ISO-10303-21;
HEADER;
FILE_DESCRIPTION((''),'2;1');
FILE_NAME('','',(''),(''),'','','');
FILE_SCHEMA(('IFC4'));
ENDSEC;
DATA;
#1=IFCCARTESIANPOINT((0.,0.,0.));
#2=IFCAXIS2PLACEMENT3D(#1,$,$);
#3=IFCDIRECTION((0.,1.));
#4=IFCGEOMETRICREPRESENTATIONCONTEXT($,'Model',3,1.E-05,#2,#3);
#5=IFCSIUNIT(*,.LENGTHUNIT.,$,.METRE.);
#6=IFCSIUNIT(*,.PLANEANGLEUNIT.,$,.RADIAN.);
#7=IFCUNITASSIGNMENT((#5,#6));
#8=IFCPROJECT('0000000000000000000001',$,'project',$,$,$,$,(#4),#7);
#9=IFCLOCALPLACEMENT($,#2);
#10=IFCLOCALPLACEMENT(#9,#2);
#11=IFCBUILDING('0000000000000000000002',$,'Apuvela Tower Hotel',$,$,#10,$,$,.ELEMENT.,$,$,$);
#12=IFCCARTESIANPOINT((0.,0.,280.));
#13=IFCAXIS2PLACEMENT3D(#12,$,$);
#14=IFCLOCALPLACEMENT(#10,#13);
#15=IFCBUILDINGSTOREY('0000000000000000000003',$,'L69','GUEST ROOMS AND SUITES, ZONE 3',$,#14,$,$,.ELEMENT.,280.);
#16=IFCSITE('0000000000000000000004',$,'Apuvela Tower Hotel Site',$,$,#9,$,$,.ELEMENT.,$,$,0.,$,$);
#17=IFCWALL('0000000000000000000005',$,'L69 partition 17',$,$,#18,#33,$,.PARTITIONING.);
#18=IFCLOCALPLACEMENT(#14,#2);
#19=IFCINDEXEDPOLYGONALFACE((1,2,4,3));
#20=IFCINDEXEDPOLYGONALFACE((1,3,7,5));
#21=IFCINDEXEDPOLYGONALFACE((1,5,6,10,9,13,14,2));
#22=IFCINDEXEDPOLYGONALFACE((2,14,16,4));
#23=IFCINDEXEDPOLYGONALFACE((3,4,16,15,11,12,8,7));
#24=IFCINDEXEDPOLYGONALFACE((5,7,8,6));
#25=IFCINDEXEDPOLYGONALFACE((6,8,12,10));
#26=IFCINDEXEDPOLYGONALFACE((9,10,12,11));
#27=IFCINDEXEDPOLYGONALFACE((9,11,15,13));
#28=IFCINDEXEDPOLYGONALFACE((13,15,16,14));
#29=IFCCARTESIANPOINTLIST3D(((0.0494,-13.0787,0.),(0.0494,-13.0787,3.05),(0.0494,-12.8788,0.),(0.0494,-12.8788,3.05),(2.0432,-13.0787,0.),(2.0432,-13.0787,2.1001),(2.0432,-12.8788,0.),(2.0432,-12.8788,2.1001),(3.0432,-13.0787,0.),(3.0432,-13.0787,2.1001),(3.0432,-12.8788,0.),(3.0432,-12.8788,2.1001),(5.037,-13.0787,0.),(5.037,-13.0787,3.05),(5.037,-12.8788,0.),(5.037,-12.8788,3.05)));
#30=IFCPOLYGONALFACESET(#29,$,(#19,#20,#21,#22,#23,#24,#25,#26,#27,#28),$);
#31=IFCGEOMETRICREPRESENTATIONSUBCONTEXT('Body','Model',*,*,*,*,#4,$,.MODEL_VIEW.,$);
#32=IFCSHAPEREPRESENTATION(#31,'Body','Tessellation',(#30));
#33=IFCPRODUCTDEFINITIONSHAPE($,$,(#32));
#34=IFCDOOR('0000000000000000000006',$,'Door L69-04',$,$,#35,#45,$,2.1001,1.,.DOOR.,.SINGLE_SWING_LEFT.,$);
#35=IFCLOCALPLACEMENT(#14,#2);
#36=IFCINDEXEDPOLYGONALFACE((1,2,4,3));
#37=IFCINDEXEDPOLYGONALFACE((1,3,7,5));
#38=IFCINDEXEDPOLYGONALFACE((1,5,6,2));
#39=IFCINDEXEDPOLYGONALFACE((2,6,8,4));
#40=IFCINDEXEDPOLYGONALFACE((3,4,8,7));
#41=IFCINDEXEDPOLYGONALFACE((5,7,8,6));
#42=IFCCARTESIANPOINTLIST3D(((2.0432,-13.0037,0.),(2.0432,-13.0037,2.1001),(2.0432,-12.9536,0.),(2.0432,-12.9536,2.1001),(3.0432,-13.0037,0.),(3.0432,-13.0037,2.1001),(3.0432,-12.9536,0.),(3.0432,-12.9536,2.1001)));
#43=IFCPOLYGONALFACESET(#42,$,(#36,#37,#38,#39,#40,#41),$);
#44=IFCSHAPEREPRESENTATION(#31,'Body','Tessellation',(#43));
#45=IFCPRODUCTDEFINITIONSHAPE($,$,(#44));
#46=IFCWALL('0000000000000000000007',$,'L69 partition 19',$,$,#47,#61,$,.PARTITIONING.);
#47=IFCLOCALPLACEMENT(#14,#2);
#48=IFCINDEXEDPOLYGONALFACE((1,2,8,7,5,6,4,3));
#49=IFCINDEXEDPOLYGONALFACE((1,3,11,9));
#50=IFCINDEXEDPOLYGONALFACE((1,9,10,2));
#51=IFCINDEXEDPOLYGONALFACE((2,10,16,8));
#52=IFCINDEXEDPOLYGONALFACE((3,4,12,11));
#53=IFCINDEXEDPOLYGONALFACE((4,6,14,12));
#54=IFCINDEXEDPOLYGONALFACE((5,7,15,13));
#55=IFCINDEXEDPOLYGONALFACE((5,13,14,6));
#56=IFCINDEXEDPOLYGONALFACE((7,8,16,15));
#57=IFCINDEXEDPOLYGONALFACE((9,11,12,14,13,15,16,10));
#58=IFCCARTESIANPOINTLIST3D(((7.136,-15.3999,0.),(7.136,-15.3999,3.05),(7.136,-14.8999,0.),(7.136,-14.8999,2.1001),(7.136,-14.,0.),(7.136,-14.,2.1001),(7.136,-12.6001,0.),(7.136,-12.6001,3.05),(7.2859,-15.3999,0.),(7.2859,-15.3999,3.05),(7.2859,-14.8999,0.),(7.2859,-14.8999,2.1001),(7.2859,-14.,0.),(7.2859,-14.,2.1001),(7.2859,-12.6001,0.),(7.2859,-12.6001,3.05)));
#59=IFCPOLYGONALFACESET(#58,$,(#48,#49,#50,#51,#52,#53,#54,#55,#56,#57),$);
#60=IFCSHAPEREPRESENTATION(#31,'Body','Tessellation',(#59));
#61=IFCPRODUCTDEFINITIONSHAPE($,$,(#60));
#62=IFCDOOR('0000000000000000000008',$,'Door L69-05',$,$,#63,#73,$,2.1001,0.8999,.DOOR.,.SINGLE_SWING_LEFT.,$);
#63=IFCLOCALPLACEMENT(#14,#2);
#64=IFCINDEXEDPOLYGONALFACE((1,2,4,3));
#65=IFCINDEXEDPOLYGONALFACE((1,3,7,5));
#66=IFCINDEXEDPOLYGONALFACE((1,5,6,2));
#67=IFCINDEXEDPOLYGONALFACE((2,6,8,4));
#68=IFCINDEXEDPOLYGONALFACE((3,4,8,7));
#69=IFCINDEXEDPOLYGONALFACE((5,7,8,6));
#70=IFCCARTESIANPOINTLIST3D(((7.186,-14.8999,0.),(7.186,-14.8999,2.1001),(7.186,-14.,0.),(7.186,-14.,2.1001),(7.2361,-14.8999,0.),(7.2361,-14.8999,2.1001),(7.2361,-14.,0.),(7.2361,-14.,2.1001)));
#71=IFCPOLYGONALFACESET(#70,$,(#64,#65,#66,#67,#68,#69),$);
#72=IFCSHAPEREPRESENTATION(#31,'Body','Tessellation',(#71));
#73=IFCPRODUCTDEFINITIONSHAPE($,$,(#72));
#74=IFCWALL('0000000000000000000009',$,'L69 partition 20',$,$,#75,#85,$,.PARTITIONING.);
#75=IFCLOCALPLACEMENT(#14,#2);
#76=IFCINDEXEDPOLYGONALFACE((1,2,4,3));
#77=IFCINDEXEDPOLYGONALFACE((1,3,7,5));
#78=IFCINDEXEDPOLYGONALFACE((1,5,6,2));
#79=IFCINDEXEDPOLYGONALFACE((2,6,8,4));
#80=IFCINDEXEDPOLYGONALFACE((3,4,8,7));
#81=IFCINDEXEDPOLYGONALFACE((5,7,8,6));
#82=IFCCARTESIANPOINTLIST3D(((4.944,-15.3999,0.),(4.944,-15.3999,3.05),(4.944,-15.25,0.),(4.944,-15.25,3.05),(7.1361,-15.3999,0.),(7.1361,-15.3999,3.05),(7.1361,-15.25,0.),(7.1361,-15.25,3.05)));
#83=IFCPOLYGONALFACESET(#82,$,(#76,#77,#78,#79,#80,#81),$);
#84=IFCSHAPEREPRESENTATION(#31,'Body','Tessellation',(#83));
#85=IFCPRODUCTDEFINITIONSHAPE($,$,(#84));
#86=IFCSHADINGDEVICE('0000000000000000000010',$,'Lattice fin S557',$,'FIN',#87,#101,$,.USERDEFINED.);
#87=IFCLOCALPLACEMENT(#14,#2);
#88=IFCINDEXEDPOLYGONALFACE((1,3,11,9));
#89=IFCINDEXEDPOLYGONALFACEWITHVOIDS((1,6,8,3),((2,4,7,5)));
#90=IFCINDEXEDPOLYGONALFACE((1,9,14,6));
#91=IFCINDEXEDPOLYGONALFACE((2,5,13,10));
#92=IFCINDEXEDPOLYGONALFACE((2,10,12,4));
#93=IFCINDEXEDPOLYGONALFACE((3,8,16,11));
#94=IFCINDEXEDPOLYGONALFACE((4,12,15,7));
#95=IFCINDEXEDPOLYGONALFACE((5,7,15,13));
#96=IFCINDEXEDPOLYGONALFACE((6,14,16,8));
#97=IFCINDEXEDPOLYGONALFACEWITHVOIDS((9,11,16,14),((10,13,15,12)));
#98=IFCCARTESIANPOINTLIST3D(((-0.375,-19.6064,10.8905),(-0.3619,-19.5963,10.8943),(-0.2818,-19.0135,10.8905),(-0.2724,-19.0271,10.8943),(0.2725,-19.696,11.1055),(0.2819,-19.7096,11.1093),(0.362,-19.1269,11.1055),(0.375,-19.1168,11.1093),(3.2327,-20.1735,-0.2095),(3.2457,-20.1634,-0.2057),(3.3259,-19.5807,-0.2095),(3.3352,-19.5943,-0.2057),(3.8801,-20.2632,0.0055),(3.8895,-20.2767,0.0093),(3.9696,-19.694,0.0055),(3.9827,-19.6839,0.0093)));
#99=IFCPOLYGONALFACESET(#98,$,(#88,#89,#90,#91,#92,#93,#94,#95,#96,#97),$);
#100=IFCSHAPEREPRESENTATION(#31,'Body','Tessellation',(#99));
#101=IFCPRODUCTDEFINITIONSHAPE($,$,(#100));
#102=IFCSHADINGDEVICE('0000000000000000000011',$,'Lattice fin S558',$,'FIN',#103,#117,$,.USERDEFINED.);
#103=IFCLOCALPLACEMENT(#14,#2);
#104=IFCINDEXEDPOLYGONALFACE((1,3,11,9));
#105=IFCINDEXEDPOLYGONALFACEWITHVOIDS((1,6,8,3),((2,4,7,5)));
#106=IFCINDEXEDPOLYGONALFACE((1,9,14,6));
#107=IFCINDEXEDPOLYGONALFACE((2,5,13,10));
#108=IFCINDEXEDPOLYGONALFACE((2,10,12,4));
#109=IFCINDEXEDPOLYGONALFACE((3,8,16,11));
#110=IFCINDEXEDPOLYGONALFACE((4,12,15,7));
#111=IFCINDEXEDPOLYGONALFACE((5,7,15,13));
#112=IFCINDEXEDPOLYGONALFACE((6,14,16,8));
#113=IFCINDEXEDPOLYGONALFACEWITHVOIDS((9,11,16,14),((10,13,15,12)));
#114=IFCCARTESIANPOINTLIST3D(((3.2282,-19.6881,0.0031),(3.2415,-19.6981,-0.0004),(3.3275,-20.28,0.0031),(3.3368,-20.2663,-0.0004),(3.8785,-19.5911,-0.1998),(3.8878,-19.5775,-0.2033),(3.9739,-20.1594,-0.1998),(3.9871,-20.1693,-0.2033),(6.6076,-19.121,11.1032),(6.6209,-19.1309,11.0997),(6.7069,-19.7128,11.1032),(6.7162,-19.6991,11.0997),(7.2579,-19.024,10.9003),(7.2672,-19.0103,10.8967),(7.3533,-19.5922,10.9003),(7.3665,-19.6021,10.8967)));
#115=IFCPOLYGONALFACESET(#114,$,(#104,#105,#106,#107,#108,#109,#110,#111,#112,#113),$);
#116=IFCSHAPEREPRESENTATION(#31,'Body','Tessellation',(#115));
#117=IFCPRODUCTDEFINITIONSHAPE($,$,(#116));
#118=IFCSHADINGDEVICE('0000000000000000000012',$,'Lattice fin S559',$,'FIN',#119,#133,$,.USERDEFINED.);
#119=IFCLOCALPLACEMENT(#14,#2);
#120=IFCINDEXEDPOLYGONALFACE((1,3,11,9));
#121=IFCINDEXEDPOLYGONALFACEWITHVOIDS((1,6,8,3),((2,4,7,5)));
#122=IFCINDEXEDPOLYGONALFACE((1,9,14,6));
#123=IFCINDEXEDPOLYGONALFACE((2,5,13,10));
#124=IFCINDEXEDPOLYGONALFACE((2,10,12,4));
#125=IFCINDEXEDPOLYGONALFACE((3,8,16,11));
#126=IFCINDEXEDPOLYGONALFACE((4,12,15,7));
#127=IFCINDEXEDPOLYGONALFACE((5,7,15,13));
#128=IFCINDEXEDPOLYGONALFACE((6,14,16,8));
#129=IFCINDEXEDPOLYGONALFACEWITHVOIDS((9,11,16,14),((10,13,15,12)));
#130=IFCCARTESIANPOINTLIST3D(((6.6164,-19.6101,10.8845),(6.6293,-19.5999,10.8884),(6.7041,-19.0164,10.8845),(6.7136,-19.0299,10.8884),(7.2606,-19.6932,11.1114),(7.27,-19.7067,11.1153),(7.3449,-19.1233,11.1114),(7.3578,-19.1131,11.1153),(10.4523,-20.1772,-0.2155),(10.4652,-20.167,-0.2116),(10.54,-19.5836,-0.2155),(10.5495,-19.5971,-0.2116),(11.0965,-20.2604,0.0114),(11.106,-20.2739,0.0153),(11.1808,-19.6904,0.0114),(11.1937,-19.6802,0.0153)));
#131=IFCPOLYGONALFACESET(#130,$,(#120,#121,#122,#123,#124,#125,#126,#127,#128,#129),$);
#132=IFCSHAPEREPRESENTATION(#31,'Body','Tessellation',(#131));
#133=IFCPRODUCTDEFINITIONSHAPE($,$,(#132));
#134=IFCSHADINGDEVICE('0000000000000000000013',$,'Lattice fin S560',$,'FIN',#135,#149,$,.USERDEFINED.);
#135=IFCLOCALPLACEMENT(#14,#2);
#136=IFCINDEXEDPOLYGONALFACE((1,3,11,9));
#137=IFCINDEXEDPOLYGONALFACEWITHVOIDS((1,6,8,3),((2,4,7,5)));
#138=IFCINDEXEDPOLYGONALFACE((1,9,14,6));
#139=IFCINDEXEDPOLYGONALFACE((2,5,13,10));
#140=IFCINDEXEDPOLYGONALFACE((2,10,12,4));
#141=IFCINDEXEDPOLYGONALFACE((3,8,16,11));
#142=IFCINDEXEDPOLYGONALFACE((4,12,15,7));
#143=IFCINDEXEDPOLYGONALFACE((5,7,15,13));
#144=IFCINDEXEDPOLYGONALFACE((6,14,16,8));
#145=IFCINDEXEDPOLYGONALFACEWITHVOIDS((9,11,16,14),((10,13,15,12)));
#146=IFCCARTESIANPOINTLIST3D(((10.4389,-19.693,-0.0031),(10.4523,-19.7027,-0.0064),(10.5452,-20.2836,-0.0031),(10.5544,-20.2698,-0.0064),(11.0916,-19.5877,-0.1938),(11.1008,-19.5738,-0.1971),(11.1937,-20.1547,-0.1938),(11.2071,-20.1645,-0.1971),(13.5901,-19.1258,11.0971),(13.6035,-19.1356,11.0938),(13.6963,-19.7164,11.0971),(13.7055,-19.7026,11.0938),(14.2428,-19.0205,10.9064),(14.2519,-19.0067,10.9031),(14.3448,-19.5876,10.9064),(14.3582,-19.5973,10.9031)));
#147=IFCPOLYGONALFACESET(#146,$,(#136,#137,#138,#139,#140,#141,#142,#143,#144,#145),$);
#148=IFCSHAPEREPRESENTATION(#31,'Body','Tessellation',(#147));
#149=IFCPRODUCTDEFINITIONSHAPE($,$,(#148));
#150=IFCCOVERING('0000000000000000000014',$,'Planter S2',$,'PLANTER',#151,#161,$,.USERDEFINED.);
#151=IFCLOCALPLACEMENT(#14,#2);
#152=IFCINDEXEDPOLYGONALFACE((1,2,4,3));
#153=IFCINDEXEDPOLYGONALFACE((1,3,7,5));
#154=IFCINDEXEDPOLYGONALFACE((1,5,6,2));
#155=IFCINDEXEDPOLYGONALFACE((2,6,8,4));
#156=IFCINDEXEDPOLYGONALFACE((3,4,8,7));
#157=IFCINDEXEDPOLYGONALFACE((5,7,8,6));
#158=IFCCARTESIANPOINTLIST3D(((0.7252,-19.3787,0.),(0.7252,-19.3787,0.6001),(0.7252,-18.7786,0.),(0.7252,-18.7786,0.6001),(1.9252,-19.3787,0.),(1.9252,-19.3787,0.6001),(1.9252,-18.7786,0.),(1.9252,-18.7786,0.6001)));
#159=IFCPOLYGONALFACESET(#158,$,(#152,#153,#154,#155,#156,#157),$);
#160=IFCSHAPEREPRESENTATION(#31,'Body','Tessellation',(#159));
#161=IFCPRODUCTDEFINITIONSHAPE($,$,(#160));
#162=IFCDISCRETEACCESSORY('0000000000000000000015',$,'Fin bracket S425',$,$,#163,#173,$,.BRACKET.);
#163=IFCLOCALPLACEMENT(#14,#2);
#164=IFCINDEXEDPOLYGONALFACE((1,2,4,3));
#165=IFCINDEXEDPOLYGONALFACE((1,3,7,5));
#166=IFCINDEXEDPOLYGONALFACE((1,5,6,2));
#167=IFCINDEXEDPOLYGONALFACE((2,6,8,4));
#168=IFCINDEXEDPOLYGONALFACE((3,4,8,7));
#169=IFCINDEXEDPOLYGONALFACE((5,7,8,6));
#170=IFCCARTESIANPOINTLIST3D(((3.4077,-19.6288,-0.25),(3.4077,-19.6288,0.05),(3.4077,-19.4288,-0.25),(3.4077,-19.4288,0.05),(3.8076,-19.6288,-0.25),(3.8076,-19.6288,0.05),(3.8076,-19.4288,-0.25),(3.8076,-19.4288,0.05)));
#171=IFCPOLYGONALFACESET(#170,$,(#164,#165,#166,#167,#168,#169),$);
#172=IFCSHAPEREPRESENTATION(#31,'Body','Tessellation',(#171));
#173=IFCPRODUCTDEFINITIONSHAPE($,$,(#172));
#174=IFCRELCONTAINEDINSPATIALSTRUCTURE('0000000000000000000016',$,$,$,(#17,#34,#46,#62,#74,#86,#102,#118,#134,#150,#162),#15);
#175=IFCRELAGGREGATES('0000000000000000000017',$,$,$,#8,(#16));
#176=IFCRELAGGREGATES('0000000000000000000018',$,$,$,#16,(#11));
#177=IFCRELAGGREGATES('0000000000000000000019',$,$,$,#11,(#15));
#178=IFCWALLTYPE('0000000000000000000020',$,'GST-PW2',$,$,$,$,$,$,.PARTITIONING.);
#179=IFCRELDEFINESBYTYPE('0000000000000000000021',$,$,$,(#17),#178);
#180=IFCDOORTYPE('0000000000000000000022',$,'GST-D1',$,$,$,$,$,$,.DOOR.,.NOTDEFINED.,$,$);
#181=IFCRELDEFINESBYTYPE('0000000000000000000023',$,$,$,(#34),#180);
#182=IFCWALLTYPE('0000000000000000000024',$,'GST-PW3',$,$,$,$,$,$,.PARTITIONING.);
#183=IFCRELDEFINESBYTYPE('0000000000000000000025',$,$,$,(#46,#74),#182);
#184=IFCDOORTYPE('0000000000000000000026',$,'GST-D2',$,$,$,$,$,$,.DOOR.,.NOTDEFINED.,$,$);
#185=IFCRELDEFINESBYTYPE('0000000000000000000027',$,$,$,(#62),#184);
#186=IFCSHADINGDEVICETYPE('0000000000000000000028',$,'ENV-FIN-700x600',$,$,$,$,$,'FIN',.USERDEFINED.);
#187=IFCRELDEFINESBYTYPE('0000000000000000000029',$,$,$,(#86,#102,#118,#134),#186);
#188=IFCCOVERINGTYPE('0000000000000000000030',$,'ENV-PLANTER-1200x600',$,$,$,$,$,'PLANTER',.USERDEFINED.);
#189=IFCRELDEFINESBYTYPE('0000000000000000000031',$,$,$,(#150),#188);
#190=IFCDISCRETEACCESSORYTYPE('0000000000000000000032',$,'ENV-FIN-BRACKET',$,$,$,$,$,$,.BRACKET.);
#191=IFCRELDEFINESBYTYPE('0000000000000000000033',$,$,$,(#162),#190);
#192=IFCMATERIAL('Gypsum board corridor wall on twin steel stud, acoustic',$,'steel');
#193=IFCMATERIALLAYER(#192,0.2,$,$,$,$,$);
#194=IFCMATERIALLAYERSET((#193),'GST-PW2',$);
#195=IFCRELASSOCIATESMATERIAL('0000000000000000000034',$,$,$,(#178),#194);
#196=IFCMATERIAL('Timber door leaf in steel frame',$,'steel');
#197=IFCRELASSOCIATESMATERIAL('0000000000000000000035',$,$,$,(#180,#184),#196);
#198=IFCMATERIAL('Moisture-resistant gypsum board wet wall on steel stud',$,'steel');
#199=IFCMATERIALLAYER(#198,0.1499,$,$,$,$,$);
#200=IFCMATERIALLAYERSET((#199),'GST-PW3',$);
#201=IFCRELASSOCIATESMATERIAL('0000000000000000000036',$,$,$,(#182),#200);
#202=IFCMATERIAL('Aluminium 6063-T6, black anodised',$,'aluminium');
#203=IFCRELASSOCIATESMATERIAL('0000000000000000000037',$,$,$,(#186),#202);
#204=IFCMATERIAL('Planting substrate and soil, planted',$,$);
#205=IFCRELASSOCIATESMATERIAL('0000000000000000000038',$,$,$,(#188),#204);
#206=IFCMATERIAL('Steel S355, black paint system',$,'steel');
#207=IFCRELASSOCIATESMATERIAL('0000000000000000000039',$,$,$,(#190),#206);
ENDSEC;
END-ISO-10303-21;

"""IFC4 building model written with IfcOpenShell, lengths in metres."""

from ifc_helpers import new_model, si_unit, direction, frame, frame_2d, origin, origin_2d, place, context, subcontext, project, spatial, rectangle, hollow_rectangle, extrude, material, layer, layer_set, material_profile, profile_set, type_object, element, fill, save


model = new_model("IFC4")

# Units and contexts
model_context = context("Model", 3, precision=1e-05, world=origin(), true_north=direction((0.0, 1.0)))
body_context = subcontext(model_context, "Body", "Model", "MODEL_VIEW")
ifc_project = project(units=[si_unit("LENGTHUNIT", "METRE"), si_unit("PLANEANGLEUNIT", "RADIAN")], contexts=[model_context])

# Site, building, storey
site_placement = place(None, origin())
site = spatial("IfcSite", under=ifc_project, at=site_placement, Name="Apuvela Tower Hotel Site", CompositionType="ELEMENT", RefElevation=0.0)
building_placement = place(site_placement, origin())
building = spatial("IfcBuilding", under=site, at=building_placement, Name="Apuvela Tower Hotel", CompositionType="ELEMENT")
storey_placement = place(building_placement, frame((0.0, 0.0, 280.0)))
storey = spatial("IfcBuildingStorey", under=building, at=storey_placement, Name="L69", Description="GUEST ROOMS AND SUITES, ZONE 3", CompositionType="ELEMENT", Elevation=280.0)

# Walls, openings, doors
ifc_material_1 = material(Name="Gypsum board corridor wall on twin steel stud, acoustic", Category="steel")
ifc_layer_1 = layer(ifc_material_1, 0.2)
ifc_layer_set_1 = layer_set([ifc_layer_1], Name="GST-PW2")
wall_type_1 = type_object("IfcWallType", Name="GST-PW2", PredefinedType="PARTITIONING", material=ifc_layer_set_1)
wall_1_placement = place(storey_placement, frame((5.0369, -12.9788, 0.0), z_axis=(0.0, 0.0, 1.0), x_axis=(-1.0, 0.0, 0.0)))
wall_1 = element("IfcWall", 1, at=wall_1_placement, inside=storey, type_object=wall_type_1, Name="L69 partition 17", PredefinedType="PARTITIONING", context=body_context, shape_type="SweptSolid", body=[
    extrude(rectangle(XDim=4.9875, YDim=0.2, at=frame_2d((2.4937, 0.0))), origin(), (0.0, 0.0, 1.0), 3.05),
])
opening_1_placement = place(wall_1_placement, frame((1.9937, 0.0, 0.0)))
opening_1 = element("IfcOpeningElement", 2, at=opening_1_placement, cuts=wall_1, PredefinedType="OPENING", context=body_context, shape_type="SweptSolid", body=[
    extrude(rectangle(XDim=1.0, YDim=2.1001, at=frame_2d((0.5, 1.05))), frame((0.0, 0.1099, 0.0), z_axis=(0.0, -1.0, 0.0), x_axis=(1.0, 0.0, 0.0)), (0.0, 0.0, 1.0), 0.22),
])
ifc_material_2 = material(Name="Timber door leaf in steel frame", Category="steel")
door_type_1 = type_object("IfcDoorType", Name="GST-D1", OperationType="NOTDEFINED", PredefinedType="DOOR", material=ifc_material_2)
door_1_placement = place(opening_1_placement, origin())
door_1 = element("IfcDoor", 3, at=door_1_placement, inside=storey, type_object=door_type_1, Name="Door L69-04", OperationType="SINGLE_SWING_LEFT", OverallHeight=2.1001, OverallWidth=1.0, PredefinedType="DOOR", context=body_context, shape_type="SweptSolid", body=[
    extrude(rectangle(XDim=1.0, YDim=2.1001, at=frame_2d((0.5, 1.05))), frame((0.0, 0.0249, 0.0), z_axis=(0.0, -1.0, 0.0), x_axis=(1.0, 0.0, 0.0)), (0.0, 0.0, 1.0), 0.05),
])
fill(opening_1, door_1)
ifc_material_3 = material(Name="Moisture-resistant gypsum board wet wall on steel stud", Category="steel")
ifc_layer_2 = layer(ifc_material_3, 0.1499)
ifc_layer_set_2 = layer_set([ifc_layer_2], Name="GST-PW3")
wall_type_2 = type_object("IfcWallType", Name="GST-PW3", PredefinedType="PARTITIONING", material=ifc_layer_set_2)
wall_2_placement = place(storey_placement, frame((7.2109, -15.3999, 0.0), z_axis=(0.0, 0.0, 1.0), x_axis=(0.0, 1.0, 0.0)))
wall_2 = element("IfcWall", 4, at=wall_2_placement, inside=storey, type_object=wall_type_2, Name="L69 partition 19", PredefinedType="PARTITIONING", context=body_context, shape_type="SweptSolid", body=[
    extrude(rectangle(XDim=2.7998, YDim=0.1499, at=frame_2d((1.3999, 0.0))), origin(), (0.0, 0.0, 1.0), 3.05),
])
opening_2_placement = place(wall_2_placement, frame((0.5, 0.0, 0.0)))
opening_2 = element("IfcOpeningElement", 5, at=opening_2_placement, cuts=wall_2, PredefinedType="OPENING", context=body_context, shape_type="SweptSolid", body=[
    extrude(rectangle(XDim=0.8999, YDim=2.1001, at=frame_2d((0.45, 1.05))), frame((0.0, 0.085, 0.0), z_axis=(0.0, -1.0, 0.0), x_axis=(1.0, 0.0, 0.0)), (0.0, 0.0, 1.0), 0.1699),
])
door_type_2 = type_object("IfcDoorType", Name="GST-D2", OperationType="NOTDEFINED", PredefinedType="DOOR", material=ifc_material_2)
door_2_placement = place(opening_2_placement, origin())
door_2 = element("IfcDoor", 6, at=door_2_placement, inside=storey, type_object=door_type_2, Name="Door L69-05", OperationType="SINGLE_SWING_LEFT", OverallHeight=2.1001, OverallWidth=0.8999, PredefinedType="DOOR", context=body_context, shape_type="SweptSolid", body=[
    extrude(rectangle(XDim=0.8999, YDim=2.1001, at=frame_2d((0.45, 1.05))), frame((0.0, 0.0249, 0.0), z_axis=(0.0, -1.0, 0.0), x_axis=(1.0, 0.0, 0.0)), (0.0, 0.0, 1.0), 0.05),
])
fill(opening_2, door_2)

# Wall
wall_3_placement = place(storey_placement, frame((4.9438, -15.325, 0.0), z_axis=(0.0, 0.0, 1.0), x_axis=(1.0, 0.0, 0.0)))
element("IfcWall", 7, at=wall_3_placement, inside=storey, type_object=wall_type_2, Name="L69 partition 20", PredefinedType="PARTITIONING", context=body_context, shape_type="SweptSolid", body=[
    extrude(rectangle(XDim=2.1921, YDim=0.1499, at=frame_2d((1.0962, 0.0))), origin(), (0.0, 0.0, 1.0), 3.05),
])

# Shading devices
ifc_material_4 = material(Name="Aluminium 6063-T6, black anodised", Category="aluminium")
ifc_material_profile_1 = material_profile(ifc_material_4, hollow_rectangle(XDim=0.6001, YDim=0.7, WallThickness=0.012, at=origin_2d()), Name="AL BOX 700x600x12")
ifc_profile_set_1 = profile_set([ifc_material_profile_1], Name="Aluminium 6063-T6, black anodised")
shading_device_type = type_object("IfcShadingDeviceType", Name="ENV-FIN-700x600", ElementType="FIN", PredefinedType="USERDEFINED", material=ifc_profile_set_1)
shading_device_1_placement = place(storey_placement, frame((3.6077, -19.9287, -0.1001), z_axis=(-0.308732, 0.048534, 0.94991), x_axis=(-0.155297, -0.987868, 0.0)))
element("IfcShadingDevice", 8, at=shading_device_1_placement, inside=storey, type_object=shading_device_type, Name="Lattice fin S557", ObjectType="FIN", PredefinedType="USERDEFINED", context=body_context, shape_type="SweptSolid", body=[
    extrude(hollow_rectangle(XDim=0.6001, YDim=0.7, WallThickness=0.012, at=origin_2d()), origin(), (0.0, 0.0, 1.0), 11.6853),
])
shading_device_2_placement = place(storey_placement, frame((3.6077, -19.9287, -0.1001), z_axis=(0.290901, 0.04882, 0.955507), x_axis=(-0.165508, 0.986208, 0.0)))
element("IfcShadingDevice", 9, at=shading_device_2_placement, inside=storey, type_object=shading_device_type, Name="Lattice fin S558", ObjectType="FIN", PredefinedType="USERDEFINED", context=body_context, shape_type="SweptSolid", body=[
    extrude(hollow_rectangle(XDim=0.6001, YDim=0.7, WallThickness=0.012, at=origin_2d()), origin(), (0.0, 0.0, 1.0), 11.6169),
])
shading_device_3_placement = place(storey_placement, frame((10.823, -19.9287, -0.1001), z_axis=(-0.326243, 0.048235, 0.944054), x_axis=(-0.146259, -0.989246, 0.0)))
element("IfcShadingDevice", 10, at=shading_device_3_placement, inside=storey, type_object=shading_device_type, Name="Lattice fin S559", ObjectType="FIN", PredefinedType="USERDEFINED", context=body_context, shape_type="SweptSolid", body=[
    extrude(hollow_rectangle(XDim=0.6001, YDim=0.7, WallThickness=0.012, at=origin_2d()), origin(), (0.0, 0.0, 1.0), 11.7578),
])
shading_device_4_placement = place(storey_placement, frame((10.823, -19.9287, -0.1001), z_axis=(0.272762, 0.049092, 0.960828), x_axis=(-0.177134, 0.984187, 0.0)))
element("IfcShadingDevice", 11, at=shading_device_4_placement, inside=storey, type_object=shading_device_type, Name="Lattice fin S560", ObjectType="FIN", PredefinedType="USERDEFINED", context=body_context, shape_type="SweptSolid", body=[
    extrude(hollow_rectangle(XDim=0.6001, YDim=0.7, WallThickness=0.012, at=origin_2d()), origin(), (0.0, 0.0, 1.0), 11.5527),
])

# Covering
ifc_material_5 = material(Name="Planting substrate and soil, planted")
covering_type = type_object("IfcCoveringType", Name="ENV-PLANTER-1200x600", ElementType="PLANTER", PredefinedType="USERDEFINED", material=ifc_material_5)
covering_placement = place(storey_placement, frame((1.3252, -19.0786, 0.0), z_axis=(0.0, 0.0, 1.0), x_axis=(1.0, 0.0, 0.0)))
element("IfcCovering", 12, at=covering_placement, inside=storey, type_object=covering_type, Name="Planter S2", ObjectType="PLANTER", PredefinedType="USERDEFINED", context=body_context, shape_type="SweptSolid", body=[
    extrude(rectangle(XDim=1.2, YDim=0.6001, at=origin_2d()), origin(), (0.0, 0.0, 1.0), 0.6001),
])

# Discrete accessory
ifc_material_6 = material(Name="Steel S355, black paint system", Category="steel")
discrete_accessory_type = type_object("IfcDiscreteAccessoryType", Name="ENV-FIN-BRACKET", PredefinedType="BRACKET", material=ifc_material_6)
for number, where, z_axis, x_axis, name in (
    (13, (3.6077, -19.5288, -0.25), (0.0, 0.0, 1.0), (1.0, 0.0, 0.0), "Fin bracket S425"),
):
    element("IfcDiscreteAccessory", number, at=place(storey_placement, frame(where, z_axis=z_axis, x_axis=x_axis)), inside=storey, type_object=discrete_accessory_type, Name=name, PredefinedType="BRACKET", context=body_context, shape_type="SweptSolid", body=[
        extrude(rectangle(XDim=0.3999, YDim=0.2, at=origin_2d()), origin(), (0.0, 0.0, 1.0), 0.3),
    ])

save(model, "model.ifc")
